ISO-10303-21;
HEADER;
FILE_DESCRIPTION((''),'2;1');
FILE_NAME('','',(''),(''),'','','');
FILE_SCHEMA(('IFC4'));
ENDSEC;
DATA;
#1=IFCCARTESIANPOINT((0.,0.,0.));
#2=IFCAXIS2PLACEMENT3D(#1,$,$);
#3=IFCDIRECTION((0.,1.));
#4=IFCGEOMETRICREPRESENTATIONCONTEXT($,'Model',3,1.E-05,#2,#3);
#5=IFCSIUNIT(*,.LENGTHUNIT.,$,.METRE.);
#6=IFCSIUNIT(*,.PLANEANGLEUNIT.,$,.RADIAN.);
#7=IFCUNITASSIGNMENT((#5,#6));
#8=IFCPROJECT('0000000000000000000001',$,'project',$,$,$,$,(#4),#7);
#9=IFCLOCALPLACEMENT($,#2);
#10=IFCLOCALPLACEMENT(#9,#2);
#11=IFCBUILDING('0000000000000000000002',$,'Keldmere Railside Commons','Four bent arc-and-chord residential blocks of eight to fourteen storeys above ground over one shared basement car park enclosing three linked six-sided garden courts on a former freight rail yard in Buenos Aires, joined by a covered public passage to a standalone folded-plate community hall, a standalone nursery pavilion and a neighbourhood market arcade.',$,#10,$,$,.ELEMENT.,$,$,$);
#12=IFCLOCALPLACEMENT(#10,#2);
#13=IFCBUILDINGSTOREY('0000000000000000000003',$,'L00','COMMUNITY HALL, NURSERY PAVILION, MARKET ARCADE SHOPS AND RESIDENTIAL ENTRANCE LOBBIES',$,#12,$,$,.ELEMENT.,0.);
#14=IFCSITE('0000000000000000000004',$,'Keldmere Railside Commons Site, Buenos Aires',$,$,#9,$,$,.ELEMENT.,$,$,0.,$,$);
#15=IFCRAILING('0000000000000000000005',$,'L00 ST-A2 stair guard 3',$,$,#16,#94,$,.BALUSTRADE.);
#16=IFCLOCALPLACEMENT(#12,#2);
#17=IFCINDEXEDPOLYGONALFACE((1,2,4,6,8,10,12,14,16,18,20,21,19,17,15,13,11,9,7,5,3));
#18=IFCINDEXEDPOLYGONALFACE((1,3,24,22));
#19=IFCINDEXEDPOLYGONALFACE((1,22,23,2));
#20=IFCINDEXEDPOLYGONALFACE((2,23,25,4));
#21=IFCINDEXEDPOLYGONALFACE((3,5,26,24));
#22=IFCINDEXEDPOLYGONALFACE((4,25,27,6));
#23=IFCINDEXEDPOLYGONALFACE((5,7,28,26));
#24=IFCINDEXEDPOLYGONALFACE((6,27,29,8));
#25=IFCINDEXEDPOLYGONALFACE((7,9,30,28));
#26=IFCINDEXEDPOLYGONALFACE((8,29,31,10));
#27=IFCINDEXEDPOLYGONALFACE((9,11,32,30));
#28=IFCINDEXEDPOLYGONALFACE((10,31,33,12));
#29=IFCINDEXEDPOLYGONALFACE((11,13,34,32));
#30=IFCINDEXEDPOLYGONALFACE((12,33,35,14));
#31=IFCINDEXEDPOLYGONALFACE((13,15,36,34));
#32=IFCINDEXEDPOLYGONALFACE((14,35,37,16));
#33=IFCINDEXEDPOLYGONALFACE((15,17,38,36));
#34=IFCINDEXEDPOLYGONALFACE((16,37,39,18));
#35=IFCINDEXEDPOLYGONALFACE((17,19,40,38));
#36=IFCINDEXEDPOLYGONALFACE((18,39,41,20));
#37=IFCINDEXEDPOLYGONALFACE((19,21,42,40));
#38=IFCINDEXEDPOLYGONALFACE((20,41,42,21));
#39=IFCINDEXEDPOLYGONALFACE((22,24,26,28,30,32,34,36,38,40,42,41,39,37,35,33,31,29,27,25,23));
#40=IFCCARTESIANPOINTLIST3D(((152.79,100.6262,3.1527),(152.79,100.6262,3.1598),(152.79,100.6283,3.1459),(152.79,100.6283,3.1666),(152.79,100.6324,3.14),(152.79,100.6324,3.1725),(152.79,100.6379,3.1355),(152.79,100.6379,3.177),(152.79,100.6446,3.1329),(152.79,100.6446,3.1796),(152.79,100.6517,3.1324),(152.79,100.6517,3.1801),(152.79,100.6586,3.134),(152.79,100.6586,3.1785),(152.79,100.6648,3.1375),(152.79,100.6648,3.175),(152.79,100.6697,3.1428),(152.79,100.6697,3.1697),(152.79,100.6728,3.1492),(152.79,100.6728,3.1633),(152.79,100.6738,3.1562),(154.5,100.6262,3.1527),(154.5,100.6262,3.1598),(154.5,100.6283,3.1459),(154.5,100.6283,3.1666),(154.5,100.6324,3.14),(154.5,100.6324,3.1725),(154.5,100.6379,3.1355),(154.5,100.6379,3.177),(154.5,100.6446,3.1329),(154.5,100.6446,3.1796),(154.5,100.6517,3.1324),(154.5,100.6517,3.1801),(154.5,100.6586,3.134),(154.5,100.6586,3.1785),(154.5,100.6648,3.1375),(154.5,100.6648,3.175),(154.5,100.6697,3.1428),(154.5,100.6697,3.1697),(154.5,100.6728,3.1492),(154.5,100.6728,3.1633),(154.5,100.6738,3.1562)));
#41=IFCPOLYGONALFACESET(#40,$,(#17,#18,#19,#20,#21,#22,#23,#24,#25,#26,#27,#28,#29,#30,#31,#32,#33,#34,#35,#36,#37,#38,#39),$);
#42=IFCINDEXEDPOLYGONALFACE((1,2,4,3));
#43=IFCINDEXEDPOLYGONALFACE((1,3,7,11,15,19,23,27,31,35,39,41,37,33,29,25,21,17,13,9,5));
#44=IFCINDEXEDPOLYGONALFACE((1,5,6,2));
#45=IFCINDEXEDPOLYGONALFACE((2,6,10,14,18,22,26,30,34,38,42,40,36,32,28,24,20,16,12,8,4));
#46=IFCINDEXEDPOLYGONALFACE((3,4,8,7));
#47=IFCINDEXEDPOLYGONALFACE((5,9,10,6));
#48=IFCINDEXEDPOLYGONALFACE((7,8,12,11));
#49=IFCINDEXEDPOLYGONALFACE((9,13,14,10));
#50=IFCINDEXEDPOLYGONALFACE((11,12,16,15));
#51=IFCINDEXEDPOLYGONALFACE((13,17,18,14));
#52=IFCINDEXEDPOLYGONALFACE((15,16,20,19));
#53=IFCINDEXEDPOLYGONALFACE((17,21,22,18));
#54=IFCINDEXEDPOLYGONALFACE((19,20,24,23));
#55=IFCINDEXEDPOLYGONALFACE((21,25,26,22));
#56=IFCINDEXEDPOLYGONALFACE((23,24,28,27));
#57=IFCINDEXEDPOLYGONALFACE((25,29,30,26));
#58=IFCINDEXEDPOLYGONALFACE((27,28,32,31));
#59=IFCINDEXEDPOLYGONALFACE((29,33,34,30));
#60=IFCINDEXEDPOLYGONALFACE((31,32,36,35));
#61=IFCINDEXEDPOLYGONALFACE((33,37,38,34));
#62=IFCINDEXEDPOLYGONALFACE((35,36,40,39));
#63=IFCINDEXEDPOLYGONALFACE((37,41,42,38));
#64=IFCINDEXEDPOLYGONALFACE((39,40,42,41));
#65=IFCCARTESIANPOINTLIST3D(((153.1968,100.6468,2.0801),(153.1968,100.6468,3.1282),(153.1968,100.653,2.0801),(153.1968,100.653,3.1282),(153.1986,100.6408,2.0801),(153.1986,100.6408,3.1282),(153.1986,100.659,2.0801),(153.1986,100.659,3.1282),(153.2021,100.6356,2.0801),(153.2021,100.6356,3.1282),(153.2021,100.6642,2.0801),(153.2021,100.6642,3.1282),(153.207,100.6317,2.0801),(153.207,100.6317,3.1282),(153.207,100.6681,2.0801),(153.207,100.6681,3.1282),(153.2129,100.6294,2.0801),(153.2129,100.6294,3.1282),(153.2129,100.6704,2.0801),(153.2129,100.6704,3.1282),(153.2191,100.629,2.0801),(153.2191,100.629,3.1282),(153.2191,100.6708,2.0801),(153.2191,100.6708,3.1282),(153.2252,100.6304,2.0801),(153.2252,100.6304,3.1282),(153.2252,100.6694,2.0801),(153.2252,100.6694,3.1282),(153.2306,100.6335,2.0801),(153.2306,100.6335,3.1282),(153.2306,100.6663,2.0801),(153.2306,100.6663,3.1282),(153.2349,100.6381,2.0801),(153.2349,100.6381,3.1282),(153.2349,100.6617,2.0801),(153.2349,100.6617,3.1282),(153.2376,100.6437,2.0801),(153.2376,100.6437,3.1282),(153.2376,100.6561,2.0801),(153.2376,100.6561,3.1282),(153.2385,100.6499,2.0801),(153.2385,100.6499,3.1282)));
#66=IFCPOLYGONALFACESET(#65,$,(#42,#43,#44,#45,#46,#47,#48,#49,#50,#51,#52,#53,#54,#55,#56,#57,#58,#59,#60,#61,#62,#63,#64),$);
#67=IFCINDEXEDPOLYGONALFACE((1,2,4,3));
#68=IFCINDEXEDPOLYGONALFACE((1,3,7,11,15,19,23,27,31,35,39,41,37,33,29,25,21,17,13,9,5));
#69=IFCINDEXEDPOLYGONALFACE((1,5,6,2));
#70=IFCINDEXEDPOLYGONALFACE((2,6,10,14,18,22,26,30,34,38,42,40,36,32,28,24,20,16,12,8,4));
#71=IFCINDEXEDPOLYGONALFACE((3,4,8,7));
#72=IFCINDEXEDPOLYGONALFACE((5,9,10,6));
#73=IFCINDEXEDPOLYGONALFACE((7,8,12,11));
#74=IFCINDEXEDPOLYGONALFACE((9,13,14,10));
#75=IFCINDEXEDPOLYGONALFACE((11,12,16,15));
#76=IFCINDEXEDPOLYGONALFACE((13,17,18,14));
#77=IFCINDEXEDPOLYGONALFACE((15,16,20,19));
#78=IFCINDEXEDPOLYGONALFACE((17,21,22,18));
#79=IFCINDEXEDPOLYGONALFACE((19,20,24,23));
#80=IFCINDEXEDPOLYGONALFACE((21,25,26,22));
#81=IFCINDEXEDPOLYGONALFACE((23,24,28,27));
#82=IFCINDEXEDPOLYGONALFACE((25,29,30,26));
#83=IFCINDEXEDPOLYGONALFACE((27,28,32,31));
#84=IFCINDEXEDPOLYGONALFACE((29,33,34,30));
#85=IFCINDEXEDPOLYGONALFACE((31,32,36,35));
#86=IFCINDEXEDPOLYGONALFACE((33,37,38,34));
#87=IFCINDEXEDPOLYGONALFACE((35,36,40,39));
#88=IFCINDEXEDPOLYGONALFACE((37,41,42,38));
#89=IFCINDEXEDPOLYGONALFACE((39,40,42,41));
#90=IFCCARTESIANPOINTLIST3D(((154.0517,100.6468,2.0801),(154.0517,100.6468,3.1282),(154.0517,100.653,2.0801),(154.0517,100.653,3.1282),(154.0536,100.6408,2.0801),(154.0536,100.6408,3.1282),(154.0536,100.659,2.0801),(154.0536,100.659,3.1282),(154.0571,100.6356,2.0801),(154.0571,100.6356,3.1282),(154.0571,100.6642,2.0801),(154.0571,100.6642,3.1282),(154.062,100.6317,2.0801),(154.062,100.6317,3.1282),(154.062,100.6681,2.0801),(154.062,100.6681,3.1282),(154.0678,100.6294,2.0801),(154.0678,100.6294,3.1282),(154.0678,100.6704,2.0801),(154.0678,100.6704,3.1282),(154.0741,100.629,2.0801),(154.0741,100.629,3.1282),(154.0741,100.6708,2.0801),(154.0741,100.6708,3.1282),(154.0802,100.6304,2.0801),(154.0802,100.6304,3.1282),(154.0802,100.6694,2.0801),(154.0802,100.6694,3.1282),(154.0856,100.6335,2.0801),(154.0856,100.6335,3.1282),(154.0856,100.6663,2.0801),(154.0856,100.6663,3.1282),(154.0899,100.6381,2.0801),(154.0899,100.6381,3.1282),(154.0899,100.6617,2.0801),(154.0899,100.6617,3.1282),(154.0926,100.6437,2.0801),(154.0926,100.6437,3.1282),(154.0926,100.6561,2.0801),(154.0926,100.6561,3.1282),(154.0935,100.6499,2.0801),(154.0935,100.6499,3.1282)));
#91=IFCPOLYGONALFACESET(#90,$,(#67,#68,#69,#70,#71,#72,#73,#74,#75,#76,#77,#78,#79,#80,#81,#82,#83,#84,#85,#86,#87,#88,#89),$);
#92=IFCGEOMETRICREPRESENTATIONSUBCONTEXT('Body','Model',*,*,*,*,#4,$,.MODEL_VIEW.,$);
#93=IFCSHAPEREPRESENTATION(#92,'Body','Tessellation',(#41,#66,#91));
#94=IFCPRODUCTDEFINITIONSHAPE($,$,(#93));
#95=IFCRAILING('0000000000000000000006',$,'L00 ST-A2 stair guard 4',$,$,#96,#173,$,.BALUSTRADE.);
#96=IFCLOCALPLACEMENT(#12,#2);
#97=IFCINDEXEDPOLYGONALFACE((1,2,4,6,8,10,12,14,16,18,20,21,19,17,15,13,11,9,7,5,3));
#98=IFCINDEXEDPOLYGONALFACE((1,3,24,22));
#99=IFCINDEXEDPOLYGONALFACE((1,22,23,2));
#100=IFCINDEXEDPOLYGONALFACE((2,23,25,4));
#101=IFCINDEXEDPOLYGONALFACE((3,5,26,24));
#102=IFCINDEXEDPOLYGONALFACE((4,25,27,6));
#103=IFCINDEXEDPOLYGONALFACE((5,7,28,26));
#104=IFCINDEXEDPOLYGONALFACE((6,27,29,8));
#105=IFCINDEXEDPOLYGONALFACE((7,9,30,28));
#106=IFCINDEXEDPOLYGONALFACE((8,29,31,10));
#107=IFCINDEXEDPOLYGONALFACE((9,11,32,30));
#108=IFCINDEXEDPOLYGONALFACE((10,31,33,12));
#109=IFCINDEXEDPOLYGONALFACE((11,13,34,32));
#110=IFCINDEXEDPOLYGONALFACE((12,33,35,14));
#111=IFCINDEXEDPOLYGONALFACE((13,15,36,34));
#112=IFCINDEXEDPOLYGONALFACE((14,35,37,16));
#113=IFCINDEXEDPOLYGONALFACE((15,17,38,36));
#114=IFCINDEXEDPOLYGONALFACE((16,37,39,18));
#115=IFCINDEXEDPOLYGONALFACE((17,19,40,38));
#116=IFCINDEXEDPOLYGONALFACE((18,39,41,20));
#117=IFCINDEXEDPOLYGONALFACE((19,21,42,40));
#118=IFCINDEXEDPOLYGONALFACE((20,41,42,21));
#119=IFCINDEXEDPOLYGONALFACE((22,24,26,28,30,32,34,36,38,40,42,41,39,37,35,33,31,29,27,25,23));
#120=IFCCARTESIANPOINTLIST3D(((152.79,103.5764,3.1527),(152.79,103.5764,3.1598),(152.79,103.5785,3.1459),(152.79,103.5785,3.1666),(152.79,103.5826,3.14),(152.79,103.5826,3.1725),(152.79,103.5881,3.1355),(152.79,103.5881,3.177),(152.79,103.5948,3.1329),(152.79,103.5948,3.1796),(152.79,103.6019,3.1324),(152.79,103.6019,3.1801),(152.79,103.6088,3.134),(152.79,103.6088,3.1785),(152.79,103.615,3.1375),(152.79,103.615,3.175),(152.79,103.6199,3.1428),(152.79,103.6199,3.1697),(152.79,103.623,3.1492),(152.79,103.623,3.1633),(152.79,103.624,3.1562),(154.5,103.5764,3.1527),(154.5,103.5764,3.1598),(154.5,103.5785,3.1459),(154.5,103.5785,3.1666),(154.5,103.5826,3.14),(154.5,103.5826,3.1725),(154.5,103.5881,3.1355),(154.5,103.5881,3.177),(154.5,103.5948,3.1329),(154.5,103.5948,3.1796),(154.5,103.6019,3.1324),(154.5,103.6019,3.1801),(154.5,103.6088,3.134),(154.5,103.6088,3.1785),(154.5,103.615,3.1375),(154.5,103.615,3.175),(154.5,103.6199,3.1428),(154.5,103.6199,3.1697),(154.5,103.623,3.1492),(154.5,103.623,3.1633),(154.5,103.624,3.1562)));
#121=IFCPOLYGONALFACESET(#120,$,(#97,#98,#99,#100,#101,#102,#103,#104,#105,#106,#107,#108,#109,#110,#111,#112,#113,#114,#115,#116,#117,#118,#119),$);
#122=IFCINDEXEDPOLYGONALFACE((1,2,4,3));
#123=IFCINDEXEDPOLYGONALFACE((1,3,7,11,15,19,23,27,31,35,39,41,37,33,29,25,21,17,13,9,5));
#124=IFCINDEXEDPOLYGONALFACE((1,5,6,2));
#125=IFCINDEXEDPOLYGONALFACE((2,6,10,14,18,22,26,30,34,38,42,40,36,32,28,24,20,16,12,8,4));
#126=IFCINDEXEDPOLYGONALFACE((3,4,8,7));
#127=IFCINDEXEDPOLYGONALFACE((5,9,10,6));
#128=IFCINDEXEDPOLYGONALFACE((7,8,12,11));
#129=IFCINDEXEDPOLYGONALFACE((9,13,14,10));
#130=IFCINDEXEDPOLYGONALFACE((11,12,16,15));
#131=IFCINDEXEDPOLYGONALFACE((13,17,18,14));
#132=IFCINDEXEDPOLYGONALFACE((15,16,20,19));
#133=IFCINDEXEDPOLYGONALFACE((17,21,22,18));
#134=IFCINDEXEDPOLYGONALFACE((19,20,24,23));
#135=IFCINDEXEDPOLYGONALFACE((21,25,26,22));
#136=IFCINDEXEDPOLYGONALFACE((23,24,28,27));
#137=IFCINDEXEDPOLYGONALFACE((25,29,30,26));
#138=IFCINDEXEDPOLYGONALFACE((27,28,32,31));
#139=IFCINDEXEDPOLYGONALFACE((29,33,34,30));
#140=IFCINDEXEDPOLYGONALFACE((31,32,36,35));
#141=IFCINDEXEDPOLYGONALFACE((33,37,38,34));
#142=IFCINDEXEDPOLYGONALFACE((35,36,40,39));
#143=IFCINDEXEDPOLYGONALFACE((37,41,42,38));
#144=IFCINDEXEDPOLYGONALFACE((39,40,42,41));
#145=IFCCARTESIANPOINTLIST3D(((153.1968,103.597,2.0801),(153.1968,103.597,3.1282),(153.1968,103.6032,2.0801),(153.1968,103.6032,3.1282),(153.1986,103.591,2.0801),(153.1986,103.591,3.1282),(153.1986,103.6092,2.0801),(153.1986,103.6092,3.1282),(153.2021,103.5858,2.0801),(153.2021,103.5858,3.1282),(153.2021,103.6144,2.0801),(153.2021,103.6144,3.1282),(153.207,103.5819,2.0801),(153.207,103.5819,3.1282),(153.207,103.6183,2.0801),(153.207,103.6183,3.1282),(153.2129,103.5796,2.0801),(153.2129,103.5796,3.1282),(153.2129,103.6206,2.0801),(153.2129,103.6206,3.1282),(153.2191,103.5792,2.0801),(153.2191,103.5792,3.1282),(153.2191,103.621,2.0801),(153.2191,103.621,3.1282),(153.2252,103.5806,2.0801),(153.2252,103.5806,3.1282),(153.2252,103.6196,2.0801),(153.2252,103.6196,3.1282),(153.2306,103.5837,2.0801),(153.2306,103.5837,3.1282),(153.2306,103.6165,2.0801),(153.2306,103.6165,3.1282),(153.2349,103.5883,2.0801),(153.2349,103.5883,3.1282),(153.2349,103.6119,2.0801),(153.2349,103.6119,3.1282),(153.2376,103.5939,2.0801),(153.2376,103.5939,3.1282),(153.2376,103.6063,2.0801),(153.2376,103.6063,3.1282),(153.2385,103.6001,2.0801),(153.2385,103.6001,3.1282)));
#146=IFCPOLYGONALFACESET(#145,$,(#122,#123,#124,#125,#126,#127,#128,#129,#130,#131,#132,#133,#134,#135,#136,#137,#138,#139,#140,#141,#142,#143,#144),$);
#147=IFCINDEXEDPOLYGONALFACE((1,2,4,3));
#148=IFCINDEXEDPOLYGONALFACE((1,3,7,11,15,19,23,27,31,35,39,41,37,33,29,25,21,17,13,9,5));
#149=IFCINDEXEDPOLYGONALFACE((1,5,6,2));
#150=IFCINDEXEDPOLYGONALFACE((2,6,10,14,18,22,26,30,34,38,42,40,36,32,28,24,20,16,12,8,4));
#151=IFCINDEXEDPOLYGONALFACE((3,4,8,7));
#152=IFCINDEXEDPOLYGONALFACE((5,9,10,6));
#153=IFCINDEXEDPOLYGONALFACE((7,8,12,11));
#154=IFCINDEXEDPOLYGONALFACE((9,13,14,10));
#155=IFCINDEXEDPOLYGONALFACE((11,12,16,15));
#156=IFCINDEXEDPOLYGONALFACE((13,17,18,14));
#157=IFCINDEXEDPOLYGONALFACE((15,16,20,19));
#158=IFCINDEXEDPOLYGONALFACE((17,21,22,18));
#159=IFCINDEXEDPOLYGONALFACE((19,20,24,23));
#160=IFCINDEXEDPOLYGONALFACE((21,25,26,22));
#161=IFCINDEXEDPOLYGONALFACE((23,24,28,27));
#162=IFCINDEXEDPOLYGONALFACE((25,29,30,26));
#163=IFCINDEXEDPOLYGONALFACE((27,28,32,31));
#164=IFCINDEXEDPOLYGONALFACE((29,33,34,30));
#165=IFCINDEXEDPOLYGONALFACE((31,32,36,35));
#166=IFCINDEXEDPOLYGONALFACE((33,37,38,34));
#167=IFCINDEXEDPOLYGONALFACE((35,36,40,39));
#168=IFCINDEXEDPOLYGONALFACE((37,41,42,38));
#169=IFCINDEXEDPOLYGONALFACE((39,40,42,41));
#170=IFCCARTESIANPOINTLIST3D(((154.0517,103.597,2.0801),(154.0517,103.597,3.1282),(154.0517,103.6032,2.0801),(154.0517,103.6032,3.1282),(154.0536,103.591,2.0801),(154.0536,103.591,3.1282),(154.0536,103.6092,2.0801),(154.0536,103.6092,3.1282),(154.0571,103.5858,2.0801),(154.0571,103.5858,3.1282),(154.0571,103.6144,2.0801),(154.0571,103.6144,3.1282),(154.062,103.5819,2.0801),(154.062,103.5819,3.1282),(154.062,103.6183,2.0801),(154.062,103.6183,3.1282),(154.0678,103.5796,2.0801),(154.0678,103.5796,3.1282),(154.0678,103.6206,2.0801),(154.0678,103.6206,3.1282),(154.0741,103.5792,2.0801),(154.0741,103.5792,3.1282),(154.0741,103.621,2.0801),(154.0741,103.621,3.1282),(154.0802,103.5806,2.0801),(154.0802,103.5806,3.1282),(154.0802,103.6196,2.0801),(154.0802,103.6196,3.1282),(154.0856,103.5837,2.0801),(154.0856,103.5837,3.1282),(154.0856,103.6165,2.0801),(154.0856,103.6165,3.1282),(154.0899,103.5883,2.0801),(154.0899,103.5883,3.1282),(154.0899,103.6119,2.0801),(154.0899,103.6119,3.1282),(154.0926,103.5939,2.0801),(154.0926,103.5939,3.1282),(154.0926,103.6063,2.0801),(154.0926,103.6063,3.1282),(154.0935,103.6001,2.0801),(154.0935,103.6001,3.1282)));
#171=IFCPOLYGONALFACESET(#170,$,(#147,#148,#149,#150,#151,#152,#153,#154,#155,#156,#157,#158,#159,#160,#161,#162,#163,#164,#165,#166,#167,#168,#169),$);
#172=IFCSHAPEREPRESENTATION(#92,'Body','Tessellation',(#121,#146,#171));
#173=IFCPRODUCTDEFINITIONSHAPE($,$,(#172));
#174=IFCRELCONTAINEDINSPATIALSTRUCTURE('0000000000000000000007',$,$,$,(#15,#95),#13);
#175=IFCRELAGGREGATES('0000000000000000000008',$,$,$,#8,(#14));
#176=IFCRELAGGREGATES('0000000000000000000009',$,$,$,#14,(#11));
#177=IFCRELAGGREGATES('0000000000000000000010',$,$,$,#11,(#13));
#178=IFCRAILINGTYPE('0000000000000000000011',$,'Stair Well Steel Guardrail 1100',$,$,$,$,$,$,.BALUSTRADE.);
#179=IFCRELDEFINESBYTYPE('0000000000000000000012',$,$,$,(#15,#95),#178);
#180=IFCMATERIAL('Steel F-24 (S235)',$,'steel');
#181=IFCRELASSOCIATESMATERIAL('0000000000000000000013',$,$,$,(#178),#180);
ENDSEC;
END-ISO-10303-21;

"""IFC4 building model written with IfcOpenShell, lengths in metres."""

from ifc_helpers import new_model, si_unit, direction, frame, origin, origin_2d, place, context, subcontext, project, spatial, circle, extrude, material, type_object, element, save


model = new_model("IFC4")

# Units and contexts
model_context = context("Model", 3, precision=1e-05, world=origin(), true_north=direction((0.0, 1.0)))
body_context = subcontext(model_context, "Body", "Model", "MODEL_VIEW")
ifc_project = project(units=[si_unit("LENGTHUNIT", "METRE"), si_unit("PLANEANGLEUNIT", "RADIAN")], contexts=[model_context])

# Site, building, storey
site_placement = place(None, origin())
site = spatial("IfcSite", under=ifc_project, at=site_placement, Name="Keldmere Railside Commons Site, Buenos Aires", CompositionType="ELEMENT", RefElevation=0.0)
building_placement = place(site_placement, origin())
building = spatial("IfcBuilding", under=site, at=building_placement, Name="Keldmere Railside Commons", Description="Four bent arc-and-chord residential blocks of eight to fourteen storeys above ground over one shared basement car park enclosing three linked six-sided garden courts on a former freight rail yard in Buenos Aires, joined by a covered public passage to a standalone folded-plate community hall, a standalone nursery pavilion and a neighbourhood market arcade.", CompositionType="ELEMENT")
storey_placement = place(building_placement, origin())
storey = spatial("IfcBuildingStorey", under=building, at=storey_placement, Name="L00", Description="COMMUNITY HALL, NURSERY PAVILION, MARKET ARCADE SHOPS AND RESIDENTIAL ENTRANCE LOBBIES", CompositionType="ELEMENT", Elevation=0.0)

# Shared definitions
ifc_material_1 = material(Name="Steel F-24 (S235)", Category="steel")

# Railings
railing_type_1 = type_object("IfcRailingType", Name="Stair Well Steel Guardrail 1100", PredefinedType="BALUSTRADE", material=ifc_material_1)
for number, where, name in (
    (1, (152.79, 100.6499, 2.0801), "L00 ST-A2 stair guard 3"),
    (2, (152.79, 103.6001, 2.0801), "L00 ST-A2 stair guard 4"),
):
    element("IfcRailing", number, at=place(storey_placement, frame(where)), inside=storey, type_object=railing_type_1, Name=name, PredefinedType="BALUSTRADE", context=body_context, shape_type="SweptSolid", body=[
        extrude(circle(Radius=0.0239, at=origin_2d()), frame((0.0, 0.0, 1.0762), z_axis=(1.0, 0.0, 0.0), x_axis=(0.0, 1.0, 0.0)), (0.0, 0.0, 1.0), 1.71),
        extrude(circle(Radius=0.021, at=origin_2d()), frame((0.4275, 0.0, 0.0)), (0.0, 0.0, 1.0), 1.0481),
        extrude(circle(Radius=0.021, at=origin_2d()), frame((1.2825, 0.0, 0.0)), (0.0, 0.0, 1.0), 1.0481),
    ])

save(model, "model.ifc")
